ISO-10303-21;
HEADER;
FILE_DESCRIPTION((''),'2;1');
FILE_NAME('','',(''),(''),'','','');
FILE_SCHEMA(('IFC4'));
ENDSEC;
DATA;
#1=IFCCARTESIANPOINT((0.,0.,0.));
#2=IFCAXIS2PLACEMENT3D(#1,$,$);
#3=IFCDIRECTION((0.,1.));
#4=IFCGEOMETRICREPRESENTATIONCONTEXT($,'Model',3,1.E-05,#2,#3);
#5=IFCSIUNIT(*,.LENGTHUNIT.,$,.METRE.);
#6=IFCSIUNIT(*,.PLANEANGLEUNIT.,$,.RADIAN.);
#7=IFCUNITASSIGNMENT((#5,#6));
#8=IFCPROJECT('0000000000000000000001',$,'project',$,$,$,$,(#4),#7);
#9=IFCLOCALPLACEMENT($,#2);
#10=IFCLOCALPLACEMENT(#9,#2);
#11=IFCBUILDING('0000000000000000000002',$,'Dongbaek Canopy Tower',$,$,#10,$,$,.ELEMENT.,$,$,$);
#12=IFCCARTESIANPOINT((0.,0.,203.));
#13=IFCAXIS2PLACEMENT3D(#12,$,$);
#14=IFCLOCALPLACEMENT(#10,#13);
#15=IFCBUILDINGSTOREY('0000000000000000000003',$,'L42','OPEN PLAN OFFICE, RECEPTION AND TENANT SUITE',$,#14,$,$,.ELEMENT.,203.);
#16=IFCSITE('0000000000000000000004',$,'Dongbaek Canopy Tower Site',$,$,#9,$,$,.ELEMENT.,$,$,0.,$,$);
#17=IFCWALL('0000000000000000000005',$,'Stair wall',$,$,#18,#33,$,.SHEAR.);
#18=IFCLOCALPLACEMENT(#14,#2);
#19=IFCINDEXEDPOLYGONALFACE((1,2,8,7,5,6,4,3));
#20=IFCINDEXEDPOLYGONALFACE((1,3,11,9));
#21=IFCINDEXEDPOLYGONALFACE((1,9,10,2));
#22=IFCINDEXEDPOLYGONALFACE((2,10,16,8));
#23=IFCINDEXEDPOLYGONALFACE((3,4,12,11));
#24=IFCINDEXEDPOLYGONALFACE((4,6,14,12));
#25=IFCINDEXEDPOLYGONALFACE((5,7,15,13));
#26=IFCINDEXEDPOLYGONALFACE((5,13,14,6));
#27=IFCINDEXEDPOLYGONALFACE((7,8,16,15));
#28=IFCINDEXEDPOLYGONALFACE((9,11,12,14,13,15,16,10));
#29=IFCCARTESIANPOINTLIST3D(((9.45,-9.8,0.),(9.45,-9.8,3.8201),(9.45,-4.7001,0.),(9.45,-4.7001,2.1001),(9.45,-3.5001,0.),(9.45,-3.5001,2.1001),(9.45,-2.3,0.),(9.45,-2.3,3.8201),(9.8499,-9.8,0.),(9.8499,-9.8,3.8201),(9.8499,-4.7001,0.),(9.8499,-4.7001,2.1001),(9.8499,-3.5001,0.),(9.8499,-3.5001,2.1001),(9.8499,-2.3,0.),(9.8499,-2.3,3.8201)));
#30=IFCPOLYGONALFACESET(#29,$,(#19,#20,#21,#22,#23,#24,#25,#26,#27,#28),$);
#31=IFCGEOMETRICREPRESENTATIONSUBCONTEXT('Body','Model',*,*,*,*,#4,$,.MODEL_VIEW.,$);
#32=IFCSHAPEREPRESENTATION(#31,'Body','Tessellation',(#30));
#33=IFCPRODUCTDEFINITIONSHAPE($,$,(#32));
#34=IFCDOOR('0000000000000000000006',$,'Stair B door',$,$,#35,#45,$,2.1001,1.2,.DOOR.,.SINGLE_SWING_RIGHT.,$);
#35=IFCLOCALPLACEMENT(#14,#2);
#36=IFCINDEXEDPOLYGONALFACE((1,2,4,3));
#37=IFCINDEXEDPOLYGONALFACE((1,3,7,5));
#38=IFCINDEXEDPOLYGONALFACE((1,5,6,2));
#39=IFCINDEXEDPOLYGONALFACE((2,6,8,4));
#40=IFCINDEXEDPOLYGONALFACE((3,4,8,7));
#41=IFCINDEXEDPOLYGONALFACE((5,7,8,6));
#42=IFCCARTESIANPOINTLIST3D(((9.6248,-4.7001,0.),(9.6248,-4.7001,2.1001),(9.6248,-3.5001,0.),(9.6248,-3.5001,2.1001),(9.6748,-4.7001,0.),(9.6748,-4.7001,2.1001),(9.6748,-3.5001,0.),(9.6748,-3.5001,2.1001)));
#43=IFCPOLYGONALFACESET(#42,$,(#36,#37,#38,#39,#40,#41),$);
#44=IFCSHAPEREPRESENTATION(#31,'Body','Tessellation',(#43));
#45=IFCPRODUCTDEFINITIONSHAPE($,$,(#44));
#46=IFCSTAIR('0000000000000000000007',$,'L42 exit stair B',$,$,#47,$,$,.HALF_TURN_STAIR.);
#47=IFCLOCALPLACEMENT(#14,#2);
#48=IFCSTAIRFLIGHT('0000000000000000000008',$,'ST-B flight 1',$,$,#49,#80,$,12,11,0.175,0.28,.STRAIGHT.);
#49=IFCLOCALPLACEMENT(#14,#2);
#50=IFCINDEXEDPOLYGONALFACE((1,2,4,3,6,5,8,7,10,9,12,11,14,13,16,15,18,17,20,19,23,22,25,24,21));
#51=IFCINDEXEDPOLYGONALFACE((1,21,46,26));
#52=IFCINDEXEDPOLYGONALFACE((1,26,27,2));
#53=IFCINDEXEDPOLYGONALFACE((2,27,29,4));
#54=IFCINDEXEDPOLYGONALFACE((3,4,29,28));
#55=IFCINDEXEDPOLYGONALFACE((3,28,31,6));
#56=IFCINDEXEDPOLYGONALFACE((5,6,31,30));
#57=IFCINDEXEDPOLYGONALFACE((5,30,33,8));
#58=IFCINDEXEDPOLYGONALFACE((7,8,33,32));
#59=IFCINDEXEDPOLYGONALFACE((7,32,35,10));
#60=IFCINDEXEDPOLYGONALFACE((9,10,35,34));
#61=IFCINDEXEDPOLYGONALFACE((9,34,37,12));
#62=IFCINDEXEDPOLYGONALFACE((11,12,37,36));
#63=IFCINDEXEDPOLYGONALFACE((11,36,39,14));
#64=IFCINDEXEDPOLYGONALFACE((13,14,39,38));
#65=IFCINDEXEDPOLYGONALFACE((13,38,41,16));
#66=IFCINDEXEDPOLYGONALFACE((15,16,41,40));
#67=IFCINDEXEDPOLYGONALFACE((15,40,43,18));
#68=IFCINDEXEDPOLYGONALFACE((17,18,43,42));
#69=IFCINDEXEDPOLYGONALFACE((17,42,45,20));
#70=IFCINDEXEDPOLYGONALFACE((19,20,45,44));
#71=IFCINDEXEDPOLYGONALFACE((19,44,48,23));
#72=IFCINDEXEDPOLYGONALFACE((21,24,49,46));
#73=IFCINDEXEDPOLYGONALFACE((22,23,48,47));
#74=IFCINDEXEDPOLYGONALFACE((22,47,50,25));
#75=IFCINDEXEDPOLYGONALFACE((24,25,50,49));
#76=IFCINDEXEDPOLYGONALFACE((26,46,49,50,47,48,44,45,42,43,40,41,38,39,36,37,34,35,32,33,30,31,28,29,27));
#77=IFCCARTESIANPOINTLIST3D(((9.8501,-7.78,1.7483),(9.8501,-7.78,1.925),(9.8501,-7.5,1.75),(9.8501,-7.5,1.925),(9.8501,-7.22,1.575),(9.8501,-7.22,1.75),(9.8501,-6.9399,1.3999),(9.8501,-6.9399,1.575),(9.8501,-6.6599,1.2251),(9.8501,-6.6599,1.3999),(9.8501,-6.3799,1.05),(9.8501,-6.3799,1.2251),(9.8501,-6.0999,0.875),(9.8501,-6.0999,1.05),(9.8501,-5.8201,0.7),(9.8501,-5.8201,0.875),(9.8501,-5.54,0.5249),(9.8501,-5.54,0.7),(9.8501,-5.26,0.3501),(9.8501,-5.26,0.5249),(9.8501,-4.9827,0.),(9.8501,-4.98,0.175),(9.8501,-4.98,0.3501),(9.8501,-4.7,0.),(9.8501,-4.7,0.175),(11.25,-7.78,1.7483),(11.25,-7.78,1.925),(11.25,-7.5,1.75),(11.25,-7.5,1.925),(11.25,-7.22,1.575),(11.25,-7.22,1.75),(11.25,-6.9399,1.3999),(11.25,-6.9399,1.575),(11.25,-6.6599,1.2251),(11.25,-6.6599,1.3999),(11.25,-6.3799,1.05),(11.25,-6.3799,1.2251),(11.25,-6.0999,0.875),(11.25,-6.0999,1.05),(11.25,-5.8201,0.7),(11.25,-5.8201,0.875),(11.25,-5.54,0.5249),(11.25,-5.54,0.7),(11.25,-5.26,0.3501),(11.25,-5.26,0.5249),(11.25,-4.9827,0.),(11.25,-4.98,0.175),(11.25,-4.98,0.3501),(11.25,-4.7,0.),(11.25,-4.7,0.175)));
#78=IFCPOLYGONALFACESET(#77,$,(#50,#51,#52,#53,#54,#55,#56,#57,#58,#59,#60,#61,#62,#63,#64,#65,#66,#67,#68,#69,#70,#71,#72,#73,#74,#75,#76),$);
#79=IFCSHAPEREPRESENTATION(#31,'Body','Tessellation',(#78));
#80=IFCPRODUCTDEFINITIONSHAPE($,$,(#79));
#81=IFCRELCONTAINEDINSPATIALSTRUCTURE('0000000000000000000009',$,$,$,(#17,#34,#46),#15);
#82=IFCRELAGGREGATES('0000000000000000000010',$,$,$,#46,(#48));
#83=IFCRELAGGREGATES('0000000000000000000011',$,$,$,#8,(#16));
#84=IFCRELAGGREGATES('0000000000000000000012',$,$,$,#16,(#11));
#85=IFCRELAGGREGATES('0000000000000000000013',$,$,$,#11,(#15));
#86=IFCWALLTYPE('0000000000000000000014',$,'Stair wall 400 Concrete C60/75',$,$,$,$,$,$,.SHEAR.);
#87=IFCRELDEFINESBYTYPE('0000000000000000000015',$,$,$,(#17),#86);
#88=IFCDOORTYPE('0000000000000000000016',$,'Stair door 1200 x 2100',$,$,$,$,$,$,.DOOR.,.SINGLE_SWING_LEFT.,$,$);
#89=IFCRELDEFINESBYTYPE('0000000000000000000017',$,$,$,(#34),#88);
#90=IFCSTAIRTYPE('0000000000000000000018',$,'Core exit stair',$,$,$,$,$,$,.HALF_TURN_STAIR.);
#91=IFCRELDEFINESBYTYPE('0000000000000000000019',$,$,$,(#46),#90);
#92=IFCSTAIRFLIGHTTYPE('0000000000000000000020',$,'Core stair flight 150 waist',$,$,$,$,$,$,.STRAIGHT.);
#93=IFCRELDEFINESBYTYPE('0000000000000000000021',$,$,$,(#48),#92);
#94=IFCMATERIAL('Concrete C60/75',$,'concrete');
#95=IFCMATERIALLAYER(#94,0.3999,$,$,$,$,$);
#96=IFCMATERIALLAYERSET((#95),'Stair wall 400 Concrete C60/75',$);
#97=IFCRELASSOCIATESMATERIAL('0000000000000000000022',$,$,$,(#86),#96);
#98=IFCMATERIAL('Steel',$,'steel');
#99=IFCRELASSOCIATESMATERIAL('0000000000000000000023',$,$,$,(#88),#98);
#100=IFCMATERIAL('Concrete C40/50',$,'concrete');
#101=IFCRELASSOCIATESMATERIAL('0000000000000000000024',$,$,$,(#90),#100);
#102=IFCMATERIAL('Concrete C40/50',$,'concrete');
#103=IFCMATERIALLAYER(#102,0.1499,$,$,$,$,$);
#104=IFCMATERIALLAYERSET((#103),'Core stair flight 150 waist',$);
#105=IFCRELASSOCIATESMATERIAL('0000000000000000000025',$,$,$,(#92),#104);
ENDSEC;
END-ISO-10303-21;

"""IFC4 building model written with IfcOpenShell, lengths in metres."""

from ifc_helpers import new_model, si_unit, direction, frame, frame_2d, origin, place, context, subcontext, project, spatial, polyline, rectangle, outline, extrude, material, layer, layer_set, type_object, element, fill, aggregate, save


model = new_model("IFC4")

# Units and contexts
model_context = context("Model", 3, precision=1e-05, world=origin(), true_north=direction((0.0, 1.0)))
body_context = subcontext(model_context, "Body", "Model", "MODEL_VIEW")
ifc_project = project(units=[si_unit("LENGTHUNIT", "METRE"), si_unit("PLANEANGLEUNIT", "RADIAN")], contexts=[model_context])

# Site, building, storey
site_placement = place(None, origin())
site = spatial("IfcSite", under=ifc_project, at=site_placement, Name="Dongbaek Canopy Tower Site", CompositionType="ELEMENT", RefElevation=0.0)
building_placement = place(site_placement, origin())
building = spatial("IfcBuilding", under=site, at=building_placement, Name="Dongbaek Canopy Tower", CompositionType="ELEMENT")
storey_placement = place(building_placement, frame((0.0, 0.0, 203.0)))
storey = spatial("IfcBuildingStorey", under=building, at=storey_placement, Name="L42", Description="OPEN PLAN OFFICE, RECEPTION AND TENANT SUITE", CompositionType="ELEMENT", Elevation=203.0)

# Wall, opening, door
ifc_material_1 = material(Name="Concrete C60/75", Category="concrete")
ifc_layer_1 = layer(ifc_material_1, 0.3999)
ifc_layer_set_1 = layer_set([ifc_layer_1], Name="Stair wall 400 Concrete C60/75")
wall_type_1 = type_object("IfcWallType", Name="Stair wall 400 Concrete C60/75", PredefinedType="SHEAR", material=ifc_layer_set_1)
wall_1_placement = place(storey_placement, frame((9.6499, -2.3, 0.0), z_axis=(0.0, 0.0, 1.0), x_axis=(0.0, -1.0, 0.0)))
wall_1 = element("IfcWall", 1, at=wall_1_placement, inside=storey, type_object=wall_type_1, Name="Stair wall", PredefinedType="SHEAR", context=body_context, shape_type="SweptSolid", body=[
    extrude(rectangle(XDim=7.5, YDim=0.3999, at=frame_2d((3.75, 0.0))), origin(), (0.0, 0.0, 1.0), 3.8201),
])
opening_1_placement = place(wall_1_placement, frame((1.2, 0.0, 0.0)))
opening_1 = element("IfcOpeningElement", 2, at=opening_1_placement, cuts=wall_1, PredefinedType="OPENING", context=body_context, shape_type="SweptSolid", body=[
    extrude(rectangle(XDim=1.2, YDim=2.1001, at=frame_2d((0.6001, 1.05))), frame((0.0, 0.21, 0.0), z_axis=(0.0, -1.0, 0.0), x_axis=(1.0, 0.0, 0.0)), (0.0, 0.0, 1.0), 0.4199),
])
ifc_material_2 = material(Name="Steel", Category="steel")
door_type_1 = type_object("IfcDoorType", Name="Stair door 1200 x 2100", OperationType="SINGLE_SWING_LEFT", PredefinedType="DOOR", material=ifc_material_2)
door_1_placement = place(opening_1_placement, origin())
door_1 = element("IfcDoor", 3, at=door_1_placement, inside=storey, type_object=door_type_1, Name="Stair B door", OperationType="SINGLE_SWING_RIGHT", OverallHeight=2.1001, OverallWidth=1.2, PredefinedType="DOOR", context=body_context, shape_type="SweptSolid", body=[
    extrude(rectangle(XDim=1.2, YDim=2.1001, at=frame_2d((0.6001, 1.05))), frame((0.0, 0.0249, 0.0), z_axis=(0.0, -1.0, 0.0), x_axis=(1.0, 0.0, 0.0)), (0.0, 0.0, 1.0), 0.05),
])
fill(opening_1, door_1)

# Stair, stair flight
ifc_material_3 = material(Name="Concrete C40/50", Category="concrete")
stair_type = type_object("IfcStairType", Name="Core exit stair", PredefinedType="HALF_TURN_STAIR", material=ifc_material_3)
stair_placement = place(storey_placement, origin())
stair = element("IfcStair", 4, at=stair_placement, inside=storey, type_object=stair_type, Name="L42 exit stair B", PredefinedType="HALF_TURN_STAIR")
ifc_material_4 = material(Name="Concrete C40/50", Category="concrete")
ifc_layer_2 = layer(ifc_material_4, 0.1499)
ifc_layer_set_2 = layer_set([ifc_layer_2], Name="Core stair flight 150 waist")
stair_flight_type = type_object("IfcStairFlightType", Name="Core stair flight 150 waist", PredefinedType="STRAIGHT", material=ifc_layer_set_2)
stair_flight_placement = place(storey_placement, frame((10.55, -4.7, 0.0), z_axis=(0.0, 0.0, 1.0), x_axis=(0.0, -1.0, 0.0)))
stair_flight = element("IfcStairFlight", 5, at=stair_flight_placement, type_object=stair_flight_type, Name="ST-B flight 1", NumberOfRisers=12, NumberOfTreads=11, PredefinedType="STRAIGHT", RiserHeight=0.175, TreadLength=0.28, context=body_context, shape_type="SweptSolid", body=[
    extrude(outline(polyline([(0.0, 0.0), (0.0, 0.175), (0.28, 0.175), (0.28, 0.3501), (0.5601, 0.3501), (0.5601, 0.5249), (0.8401, 0.5249), (0.8401, 0.7), (1.1201, 0.7), (1.1201, 0.875), (1.3999, 0.875), (1.3999, 1.05), (1.6799, 1.05), (1.6799, 1.2251), (1.96, 1.2251), (1.96, 1.3999), (2.24, 1.3999), (2.24, 1.575), (2.52, 1.575), (2.52, 1.75), (2.8, 1.75), (2.8, 1.925), (3.0801, 1.925), (3.0801, 2.1001), (3.0801, 1.7483), (0.2827, 0.0), (0.0, 0.0)])), frame((0.0, 0.7, 0.0), z_axis=(0.0, -1.0, 0.0), x_axis=(1.0, 0.0, 0.0)), (0.0, 0.0, 1.0), 1.3999),
])
aggregate(stair, [stair_flight])

save(model, "model.ifc")
